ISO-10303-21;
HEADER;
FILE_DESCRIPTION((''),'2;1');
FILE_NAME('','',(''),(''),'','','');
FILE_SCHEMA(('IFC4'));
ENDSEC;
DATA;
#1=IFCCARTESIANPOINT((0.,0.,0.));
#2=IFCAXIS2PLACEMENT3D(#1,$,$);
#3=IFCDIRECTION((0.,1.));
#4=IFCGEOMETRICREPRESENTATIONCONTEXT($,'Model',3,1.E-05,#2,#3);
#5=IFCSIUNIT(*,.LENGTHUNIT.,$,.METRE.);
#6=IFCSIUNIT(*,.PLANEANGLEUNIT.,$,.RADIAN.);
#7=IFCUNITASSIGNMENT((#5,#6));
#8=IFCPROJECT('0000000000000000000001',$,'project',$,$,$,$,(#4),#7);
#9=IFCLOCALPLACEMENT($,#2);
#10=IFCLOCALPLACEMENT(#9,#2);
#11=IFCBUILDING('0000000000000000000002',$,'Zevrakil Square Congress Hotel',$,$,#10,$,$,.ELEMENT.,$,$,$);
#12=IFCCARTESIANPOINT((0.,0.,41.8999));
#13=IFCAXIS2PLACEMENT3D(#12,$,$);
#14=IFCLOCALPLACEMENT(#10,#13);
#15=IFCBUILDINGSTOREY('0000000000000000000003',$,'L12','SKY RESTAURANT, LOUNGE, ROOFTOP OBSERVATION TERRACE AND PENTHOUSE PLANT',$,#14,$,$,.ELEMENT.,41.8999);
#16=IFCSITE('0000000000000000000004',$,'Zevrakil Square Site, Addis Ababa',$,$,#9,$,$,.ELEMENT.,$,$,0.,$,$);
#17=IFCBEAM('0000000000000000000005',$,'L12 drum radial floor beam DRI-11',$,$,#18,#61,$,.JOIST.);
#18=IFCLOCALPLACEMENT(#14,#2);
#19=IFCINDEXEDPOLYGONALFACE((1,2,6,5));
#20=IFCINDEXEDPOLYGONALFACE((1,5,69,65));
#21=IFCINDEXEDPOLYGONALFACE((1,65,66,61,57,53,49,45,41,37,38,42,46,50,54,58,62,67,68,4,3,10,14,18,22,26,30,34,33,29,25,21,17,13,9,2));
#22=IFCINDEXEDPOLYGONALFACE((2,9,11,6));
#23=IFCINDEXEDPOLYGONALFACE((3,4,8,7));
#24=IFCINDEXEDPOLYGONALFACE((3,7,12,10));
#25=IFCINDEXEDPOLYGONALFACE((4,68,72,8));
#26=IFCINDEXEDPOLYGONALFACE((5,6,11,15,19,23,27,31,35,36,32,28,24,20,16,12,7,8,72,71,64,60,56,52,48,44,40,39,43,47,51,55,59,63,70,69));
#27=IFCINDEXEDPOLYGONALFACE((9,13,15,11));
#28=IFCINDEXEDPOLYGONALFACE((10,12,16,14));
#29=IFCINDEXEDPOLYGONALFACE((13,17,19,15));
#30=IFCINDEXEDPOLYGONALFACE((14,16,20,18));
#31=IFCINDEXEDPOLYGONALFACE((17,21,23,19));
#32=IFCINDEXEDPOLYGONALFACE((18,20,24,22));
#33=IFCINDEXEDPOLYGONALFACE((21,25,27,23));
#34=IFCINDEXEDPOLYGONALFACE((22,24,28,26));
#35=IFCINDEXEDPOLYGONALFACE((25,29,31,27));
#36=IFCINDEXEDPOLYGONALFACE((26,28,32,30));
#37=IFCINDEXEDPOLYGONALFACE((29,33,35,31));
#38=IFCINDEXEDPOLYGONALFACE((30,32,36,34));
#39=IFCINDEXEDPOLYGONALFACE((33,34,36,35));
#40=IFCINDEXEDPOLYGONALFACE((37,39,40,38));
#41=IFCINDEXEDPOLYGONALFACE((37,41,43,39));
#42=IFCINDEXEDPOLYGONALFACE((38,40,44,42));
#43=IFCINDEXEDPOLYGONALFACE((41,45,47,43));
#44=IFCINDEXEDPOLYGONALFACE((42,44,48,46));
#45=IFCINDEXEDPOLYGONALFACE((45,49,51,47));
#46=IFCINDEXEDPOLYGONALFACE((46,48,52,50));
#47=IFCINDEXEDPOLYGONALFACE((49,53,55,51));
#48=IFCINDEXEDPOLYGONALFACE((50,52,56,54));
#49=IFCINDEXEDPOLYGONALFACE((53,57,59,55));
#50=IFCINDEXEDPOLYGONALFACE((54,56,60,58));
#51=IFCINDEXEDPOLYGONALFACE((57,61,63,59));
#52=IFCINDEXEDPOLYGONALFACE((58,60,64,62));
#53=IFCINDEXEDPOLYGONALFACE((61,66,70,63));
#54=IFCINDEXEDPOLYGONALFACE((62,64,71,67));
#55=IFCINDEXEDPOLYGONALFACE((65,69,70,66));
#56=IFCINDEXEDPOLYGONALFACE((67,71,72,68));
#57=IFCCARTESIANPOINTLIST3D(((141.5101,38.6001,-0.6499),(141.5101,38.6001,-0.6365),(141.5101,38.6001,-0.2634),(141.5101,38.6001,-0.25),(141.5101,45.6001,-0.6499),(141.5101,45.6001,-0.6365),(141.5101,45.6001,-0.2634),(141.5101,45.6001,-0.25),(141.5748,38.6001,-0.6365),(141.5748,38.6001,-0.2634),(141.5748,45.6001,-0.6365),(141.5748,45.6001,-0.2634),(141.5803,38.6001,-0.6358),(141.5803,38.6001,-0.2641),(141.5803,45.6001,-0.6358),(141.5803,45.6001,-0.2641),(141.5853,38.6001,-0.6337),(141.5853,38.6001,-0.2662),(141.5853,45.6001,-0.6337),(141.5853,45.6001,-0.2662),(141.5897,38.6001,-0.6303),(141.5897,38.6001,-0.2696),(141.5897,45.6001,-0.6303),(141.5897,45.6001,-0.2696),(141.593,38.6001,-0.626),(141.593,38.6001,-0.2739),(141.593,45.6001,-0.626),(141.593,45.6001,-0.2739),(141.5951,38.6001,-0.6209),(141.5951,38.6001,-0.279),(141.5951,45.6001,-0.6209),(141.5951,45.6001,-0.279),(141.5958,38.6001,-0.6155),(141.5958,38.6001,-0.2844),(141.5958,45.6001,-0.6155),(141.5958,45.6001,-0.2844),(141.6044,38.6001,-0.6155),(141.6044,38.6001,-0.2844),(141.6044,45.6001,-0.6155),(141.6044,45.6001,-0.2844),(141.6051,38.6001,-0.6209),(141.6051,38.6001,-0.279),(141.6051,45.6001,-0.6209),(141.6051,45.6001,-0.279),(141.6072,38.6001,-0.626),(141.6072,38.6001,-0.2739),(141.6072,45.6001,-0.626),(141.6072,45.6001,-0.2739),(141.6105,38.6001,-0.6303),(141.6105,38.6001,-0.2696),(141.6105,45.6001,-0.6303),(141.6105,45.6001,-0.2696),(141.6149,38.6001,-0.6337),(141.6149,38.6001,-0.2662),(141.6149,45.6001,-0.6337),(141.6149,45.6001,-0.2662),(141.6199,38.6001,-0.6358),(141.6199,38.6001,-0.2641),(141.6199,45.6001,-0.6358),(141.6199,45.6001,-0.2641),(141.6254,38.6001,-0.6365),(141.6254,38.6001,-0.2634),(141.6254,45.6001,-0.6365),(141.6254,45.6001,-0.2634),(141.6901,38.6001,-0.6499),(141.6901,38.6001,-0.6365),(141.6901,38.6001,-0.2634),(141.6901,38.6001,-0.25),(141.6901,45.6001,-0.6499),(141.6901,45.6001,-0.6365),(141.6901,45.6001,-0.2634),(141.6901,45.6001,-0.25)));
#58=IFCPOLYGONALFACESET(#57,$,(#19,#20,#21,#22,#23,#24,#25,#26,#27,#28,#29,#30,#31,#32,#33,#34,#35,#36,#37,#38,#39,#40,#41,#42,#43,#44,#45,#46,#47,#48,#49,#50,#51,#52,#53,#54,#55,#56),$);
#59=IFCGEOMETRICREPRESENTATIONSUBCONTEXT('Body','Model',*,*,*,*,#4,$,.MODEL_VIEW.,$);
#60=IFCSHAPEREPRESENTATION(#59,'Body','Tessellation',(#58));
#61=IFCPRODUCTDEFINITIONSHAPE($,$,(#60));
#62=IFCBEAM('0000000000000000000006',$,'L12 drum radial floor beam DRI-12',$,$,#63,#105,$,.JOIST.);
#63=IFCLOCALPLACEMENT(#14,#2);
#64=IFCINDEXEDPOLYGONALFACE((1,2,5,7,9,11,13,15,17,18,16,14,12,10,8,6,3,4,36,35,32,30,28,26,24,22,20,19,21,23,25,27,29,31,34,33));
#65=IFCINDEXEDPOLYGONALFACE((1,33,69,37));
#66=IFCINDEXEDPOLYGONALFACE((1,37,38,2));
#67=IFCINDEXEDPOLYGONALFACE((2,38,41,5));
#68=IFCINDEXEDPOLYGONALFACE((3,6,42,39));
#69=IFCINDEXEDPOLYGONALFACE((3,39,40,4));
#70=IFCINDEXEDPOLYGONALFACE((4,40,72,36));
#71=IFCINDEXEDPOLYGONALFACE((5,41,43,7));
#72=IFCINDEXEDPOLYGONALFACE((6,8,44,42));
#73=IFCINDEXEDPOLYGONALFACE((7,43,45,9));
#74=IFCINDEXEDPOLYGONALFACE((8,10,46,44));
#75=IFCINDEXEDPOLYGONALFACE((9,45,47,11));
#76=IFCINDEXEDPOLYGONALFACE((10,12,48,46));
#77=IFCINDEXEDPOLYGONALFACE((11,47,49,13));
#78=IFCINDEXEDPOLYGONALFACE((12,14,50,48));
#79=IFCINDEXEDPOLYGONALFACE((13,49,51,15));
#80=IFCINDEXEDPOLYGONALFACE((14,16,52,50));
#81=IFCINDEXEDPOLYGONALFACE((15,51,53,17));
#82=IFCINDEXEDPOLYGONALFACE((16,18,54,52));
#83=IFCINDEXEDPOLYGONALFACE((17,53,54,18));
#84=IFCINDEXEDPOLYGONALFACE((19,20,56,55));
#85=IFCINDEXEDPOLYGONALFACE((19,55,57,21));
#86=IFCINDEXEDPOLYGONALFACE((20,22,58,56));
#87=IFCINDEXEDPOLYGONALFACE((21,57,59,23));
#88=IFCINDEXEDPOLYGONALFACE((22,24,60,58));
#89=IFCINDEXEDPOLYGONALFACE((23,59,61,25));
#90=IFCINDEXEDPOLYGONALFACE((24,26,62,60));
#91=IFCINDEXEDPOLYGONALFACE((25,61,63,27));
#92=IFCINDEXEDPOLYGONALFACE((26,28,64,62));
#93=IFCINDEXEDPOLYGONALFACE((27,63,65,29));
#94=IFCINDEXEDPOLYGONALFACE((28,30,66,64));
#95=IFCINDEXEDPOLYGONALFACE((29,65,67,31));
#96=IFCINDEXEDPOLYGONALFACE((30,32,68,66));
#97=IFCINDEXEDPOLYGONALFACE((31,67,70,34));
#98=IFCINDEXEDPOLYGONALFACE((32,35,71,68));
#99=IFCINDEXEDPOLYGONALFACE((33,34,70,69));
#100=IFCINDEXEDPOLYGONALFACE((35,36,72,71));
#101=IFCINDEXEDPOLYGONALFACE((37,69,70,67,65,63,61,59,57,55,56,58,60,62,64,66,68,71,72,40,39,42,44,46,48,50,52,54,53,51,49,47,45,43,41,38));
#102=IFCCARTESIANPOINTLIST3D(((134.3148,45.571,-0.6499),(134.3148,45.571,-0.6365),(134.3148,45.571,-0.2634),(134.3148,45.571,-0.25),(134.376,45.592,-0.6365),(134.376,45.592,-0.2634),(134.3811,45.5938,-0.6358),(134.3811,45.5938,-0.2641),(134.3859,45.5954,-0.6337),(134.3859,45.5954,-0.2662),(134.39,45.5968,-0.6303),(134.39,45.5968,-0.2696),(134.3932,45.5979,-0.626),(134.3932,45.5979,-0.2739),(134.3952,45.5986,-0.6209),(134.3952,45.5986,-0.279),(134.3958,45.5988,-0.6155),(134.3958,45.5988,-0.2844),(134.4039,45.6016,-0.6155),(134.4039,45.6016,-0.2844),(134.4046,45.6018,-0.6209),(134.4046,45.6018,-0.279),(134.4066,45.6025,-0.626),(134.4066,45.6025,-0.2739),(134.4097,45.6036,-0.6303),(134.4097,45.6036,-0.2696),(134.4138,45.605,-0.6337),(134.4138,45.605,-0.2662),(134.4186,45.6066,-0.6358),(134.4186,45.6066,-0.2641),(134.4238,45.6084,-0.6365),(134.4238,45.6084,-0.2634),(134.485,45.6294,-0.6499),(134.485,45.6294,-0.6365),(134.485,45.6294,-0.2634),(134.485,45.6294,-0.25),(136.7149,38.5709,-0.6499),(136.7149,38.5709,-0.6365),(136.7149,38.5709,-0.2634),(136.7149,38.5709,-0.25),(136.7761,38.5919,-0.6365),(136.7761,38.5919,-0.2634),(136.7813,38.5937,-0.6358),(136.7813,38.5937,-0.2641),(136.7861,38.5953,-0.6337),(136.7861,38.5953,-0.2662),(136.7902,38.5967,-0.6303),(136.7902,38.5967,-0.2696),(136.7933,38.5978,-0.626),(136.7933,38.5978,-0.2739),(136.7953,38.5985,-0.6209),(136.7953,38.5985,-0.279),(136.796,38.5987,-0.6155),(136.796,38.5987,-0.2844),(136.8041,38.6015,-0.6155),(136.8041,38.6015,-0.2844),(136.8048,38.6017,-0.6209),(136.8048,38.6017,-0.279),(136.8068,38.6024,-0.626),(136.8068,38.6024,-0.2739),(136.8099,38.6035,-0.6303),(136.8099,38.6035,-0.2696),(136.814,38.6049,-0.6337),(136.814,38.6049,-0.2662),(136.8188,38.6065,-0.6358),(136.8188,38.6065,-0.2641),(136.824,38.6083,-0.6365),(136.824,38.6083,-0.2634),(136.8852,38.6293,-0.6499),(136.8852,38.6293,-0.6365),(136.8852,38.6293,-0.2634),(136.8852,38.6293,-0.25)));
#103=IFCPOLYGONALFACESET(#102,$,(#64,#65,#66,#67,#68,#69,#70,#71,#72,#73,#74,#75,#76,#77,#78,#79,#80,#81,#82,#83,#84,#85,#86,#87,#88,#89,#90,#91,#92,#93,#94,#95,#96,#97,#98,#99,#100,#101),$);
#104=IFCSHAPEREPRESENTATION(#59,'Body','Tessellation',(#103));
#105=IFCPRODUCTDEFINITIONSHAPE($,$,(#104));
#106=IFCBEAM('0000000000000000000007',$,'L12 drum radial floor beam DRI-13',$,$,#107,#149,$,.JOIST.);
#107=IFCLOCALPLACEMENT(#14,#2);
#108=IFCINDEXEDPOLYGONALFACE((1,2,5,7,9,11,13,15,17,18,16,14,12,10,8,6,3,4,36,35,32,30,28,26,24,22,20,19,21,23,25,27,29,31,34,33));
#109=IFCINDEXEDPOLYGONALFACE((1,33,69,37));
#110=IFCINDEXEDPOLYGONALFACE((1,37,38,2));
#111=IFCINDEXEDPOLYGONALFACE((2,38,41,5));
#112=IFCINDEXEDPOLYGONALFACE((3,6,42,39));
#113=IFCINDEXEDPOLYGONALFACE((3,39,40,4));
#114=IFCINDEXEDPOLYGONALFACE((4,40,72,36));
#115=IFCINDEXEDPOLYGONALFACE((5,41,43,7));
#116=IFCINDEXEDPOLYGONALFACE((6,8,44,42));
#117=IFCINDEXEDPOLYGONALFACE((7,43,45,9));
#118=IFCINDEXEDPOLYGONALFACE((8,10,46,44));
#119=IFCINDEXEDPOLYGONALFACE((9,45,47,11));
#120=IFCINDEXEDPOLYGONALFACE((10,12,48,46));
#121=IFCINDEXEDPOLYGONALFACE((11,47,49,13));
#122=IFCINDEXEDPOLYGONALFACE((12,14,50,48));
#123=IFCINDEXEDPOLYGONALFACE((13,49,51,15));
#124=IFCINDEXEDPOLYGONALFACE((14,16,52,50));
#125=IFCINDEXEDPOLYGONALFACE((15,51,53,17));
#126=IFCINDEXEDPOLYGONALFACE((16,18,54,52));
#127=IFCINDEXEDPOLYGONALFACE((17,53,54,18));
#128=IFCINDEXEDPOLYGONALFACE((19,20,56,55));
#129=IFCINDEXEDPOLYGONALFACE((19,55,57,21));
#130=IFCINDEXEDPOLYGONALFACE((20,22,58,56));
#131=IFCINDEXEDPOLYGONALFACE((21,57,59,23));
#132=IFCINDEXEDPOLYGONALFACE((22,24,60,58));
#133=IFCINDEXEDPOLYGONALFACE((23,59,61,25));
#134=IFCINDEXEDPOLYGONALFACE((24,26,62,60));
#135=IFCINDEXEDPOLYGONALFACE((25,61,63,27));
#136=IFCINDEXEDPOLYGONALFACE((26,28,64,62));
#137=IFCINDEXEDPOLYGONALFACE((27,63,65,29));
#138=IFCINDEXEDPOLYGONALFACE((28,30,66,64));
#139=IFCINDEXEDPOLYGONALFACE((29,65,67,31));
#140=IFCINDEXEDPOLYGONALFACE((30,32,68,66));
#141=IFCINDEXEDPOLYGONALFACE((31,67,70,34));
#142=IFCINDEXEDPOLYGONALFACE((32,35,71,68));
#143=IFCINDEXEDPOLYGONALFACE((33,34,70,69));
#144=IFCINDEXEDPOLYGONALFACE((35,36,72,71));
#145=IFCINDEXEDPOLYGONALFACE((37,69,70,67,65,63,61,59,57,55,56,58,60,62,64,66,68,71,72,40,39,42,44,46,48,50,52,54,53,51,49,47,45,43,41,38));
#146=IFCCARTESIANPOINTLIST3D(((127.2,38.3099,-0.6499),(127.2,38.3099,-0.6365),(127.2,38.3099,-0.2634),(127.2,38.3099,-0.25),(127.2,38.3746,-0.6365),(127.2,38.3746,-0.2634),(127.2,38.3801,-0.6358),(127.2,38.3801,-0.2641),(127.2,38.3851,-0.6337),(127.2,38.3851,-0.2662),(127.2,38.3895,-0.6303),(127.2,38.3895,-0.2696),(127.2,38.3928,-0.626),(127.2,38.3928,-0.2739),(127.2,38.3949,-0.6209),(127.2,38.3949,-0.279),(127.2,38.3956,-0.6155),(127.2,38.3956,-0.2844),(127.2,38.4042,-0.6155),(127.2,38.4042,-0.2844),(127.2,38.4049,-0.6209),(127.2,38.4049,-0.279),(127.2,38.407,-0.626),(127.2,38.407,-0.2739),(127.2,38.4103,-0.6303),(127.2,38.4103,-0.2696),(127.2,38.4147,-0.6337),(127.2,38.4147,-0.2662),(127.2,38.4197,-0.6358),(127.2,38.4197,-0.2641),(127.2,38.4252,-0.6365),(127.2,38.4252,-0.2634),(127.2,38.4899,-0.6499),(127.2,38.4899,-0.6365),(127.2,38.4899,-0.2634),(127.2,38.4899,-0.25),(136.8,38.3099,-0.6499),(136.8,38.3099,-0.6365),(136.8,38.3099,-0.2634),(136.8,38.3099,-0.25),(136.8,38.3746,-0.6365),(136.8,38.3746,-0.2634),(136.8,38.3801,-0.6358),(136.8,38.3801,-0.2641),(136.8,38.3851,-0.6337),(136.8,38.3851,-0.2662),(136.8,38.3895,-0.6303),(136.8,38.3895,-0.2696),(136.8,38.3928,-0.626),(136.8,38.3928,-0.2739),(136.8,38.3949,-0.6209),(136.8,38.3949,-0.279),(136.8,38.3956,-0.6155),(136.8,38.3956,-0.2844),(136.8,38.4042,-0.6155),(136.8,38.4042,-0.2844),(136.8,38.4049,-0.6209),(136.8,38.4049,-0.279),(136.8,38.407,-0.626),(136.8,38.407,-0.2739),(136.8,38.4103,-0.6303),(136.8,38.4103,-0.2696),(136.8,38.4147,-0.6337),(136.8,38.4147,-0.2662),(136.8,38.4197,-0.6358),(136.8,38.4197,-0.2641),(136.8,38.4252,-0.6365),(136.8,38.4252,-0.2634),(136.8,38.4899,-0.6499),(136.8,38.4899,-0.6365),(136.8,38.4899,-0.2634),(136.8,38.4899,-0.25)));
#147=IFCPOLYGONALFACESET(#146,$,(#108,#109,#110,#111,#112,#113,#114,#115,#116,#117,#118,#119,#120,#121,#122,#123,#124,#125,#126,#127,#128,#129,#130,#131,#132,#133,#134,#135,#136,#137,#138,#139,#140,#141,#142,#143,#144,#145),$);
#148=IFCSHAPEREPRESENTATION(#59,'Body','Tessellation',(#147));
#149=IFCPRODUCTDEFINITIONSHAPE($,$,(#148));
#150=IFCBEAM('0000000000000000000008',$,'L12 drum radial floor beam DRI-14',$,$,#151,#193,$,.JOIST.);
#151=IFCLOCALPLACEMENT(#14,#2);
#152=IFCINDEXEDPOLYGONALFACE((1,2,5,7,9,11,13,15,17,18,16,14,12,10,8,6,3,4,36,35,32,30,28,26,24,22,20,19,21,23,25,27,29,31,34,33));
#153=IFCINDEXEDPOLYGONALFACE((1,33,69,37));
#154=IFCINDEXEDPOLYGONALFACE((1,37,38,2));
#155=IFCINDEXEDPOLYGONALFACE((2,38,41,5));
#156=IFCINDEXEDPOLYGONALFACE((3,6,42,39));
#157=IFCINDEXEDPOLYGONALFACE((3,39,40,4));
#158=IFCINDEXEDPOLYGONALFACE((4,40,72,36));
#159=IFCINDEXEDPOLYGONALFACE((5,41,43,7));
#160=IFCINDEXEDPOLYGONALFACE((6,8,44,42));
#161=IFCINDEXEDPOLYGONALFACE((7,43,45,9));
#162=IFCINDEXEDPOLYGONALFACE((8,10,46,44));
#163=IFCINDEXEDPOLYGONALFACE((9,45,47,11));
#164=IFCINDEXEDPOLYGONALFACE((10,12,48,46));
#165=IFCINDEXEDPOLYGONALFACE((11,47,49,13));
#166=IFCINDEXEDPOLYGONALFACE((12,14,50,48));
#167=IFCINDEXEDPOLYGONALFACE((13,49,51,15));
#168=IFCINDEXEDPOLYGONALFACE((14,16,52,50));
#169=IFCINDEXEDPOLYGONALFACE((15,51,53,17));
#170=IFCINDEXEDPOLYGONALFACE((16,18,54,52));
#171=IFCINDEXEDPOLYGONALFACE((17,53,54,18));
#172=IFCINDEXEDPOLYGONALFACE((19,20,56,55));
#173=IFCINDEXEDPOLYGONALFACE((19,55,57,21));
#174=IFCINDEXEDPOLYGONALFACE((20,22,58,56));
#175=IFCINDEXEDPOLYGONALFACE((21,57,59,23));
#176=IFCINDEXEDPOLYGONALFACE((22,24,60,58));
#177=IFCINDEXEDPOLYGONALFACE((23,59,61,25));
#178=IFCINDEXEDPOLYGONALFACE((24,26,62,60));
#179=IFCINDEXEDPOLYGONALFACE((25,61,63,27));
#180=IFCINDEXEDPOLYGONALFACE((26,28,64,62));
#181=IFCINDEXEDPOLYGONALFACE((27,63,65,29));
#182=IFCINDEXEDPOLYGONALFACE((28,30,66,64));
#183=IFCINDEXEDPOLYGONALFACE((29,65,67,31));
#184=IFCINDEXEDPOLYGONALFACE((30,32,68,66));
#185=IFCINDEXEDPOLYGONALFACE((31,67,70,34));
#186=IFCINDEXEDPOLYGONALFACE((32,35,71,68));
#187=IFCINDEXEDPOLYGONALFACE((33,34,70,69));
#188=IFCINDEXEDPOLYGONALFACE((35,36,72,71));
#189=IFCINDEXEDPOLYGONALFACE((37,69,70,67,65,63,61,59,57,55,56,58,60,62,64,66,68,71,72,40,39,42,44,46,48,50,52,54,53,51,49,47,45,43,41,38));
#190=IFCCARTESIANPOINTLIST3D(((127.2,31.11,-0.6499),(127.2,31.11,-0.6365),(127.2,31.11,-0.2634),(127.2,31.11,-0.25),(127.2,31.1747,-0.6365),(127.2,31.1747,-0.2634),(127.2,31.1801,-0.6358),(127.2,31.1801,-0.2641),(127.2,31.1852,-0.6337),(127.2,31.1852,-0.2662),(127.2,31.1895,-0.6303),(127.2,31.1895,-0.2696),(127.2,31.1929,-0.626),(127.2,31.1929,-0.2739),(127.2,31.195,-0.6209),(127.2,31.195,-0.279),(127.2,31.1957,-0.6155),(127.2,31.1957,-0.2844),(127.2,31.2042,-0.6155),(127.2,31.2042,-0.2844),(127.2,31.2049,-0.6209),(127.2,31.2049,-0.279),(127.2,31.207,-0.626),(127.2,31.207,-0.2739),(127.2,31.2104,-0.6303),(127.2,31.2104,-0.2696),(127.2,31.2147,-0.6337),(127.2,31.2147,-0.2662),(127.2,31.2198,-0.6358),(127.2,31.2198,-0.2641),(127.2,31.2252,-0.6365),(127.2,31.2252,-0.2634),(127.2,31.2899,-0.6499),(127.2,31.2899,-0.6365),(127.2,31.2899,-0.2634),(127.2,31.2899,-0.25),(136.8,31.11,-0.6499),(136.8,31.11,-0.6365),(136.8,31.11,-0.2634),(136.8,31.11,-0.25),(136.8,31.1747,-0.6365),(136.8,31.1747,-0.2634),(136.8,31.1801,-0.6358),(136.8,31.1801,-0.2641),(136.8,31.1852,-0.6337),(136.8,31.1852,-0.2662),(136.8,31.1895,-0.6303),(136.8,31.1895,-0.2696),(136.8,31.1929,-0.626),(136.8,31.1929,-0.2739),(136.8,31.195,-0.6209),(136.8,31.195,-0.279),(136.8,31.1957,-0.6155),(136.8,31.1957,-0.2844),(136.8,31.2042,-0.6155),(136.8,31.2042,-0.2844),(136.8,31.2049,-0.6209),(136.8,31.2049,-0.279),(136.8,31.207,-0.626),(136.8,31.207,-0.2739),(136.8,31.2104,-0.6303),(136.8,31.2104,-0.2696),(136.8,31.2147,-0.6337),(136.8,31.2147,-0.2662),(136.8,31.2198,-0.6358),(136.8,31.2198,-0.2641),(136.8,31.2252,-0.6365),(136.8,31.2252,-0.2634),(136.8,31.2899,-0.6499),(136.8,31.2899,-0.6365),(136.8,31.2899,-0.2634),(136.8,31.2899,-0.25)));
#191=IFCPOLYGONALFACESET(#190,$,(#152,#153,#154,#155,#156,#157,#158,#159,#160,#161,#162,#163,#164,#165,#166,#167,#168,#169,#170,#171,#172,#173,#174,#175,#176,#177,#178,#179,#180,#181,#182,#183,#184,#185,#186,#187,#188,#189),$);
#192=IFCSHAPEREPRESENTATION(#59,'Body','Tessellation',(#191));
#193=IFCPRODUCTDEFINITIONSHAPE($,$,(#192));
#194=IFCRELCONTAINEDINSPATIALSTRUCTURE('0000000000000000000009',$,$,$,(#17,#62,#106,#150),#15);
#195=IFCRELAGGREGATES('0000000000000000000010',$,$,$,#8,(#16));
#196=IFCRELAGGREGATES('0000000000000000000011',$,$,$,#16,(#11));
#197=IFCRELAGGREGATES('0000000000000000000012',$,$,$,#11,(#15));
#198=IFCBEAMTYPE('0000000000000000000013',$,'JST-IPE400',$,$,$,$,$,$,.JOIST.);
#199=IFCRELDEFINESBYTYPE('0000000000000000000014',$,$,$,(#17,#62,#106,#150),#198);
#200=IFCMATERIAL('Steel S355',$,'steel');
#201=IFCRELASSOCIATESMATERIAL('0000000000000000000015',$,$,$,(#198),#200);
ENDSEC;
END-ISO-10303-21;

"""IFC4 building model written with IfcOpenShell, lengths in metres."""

from ifc_helpers import new_model, si_unit, direction, frame, origin, origin_2d, place, context, subcontext, project, spatial, i_section, extrude, material, material_profile, profile_set, type_object, element, save


model = new_model("IFC4")

# Units and contexts
model_context = context("Model", 3, precision=1e-05, world=origin(), true_north=direction((0.0, 1.0)))
body_context = subcontext(model_context, "Body", "Model", "MODEL_VIEW")
ifc_project = project(units=[si_unit("LENGTHUNIT", "METRE"), si_unit("PLANEANGLEUNIT", "RADIAN")], contexts=[model_context])

# Site, building, storey
site_placement = place(None, origin())
site = spatial("IfcSite", under=ifc_project, at=site_placement, Name="Zevrakil Square Site, Addis Ababa", CompositionType="ELEMENT", RefElevation=0.0)
building_placement = place(site_placement, origin())
building = spatial("IfcBuilding", under=site, at=building_placement, Name="Zevrakil Square Congress Hotel", CompositionType="ELEMENT")
storey_placement = place(building_placement, frame((0.0, 0.0, 41.8999)))
storey = spatial("IfcBuildingStorey", under=building, at=storey_placement, Name="L12", Description="SKY RESTAURANT, LOUNGE, ROOFTOP OBSERVATION TERRACE AND PENTHOUSE PLANT", CompositionType="ELEMENT", Elevation=41.8999)

# Beams
ifc_material_1 = material(Name="Steel S355", Category="steel")
ifc_material_profile_1 = material_profile(ifc_material_1, i_section(OverallWidth=0.1799, OverallDepth=0.3999, WebThickness=0.0085, FlangeThickness=0.0134, FilletRadius=0.021, at=origin_2d()), Name="IPE 400")
ifc_profile_set_1 = profile_set([ifc_material_profile_1], Name="Steel S355")
beam_type_1 = type_object("IfcBeamType", Name="JST-IPE400", PredefinedType="JOIST", material=ifc_profile_set_1)
beam_1_placement = place(storey_placement, frame((141.6001, 38.6001, -0.45), z_axis=(0.0, 1.0, 0.0), x_axis=(-1.0, 0.0, 0.0)))
element("IfcBeam", 1, at=beam_1_placement, inside=storey, type_object=beam_type_1, Name="L12 drum radial floor beam DRI-11", PredefinedType="JOIST", context=body_context, shape_type="SweptSolid", body=[
    extrude(i_section(OverallWidth=0.1799, OverallDepth=0.3999, WebThickness=0.0085, FlangeThickness=0.0134, FilletRadius=0.021, at=origin_2d()), origin(), (0.0, 0.0, 1.0), 7.0),
])
beam_2_placement = place(storey_placement, frame((136.8, 38.6001, -0.45), z_axis=(-0.324342, 0.94594, 0.0), x_axis=(-0.94594, -0.324342, 0.0)))
element("IfcBeam", 2, at=beam_2_placement, inside=storey, type_object=beam_type_1, Name="L12 drum radial floor beam DRI-12", PredefinedType="JOIST", context=body_context, shape_type="SweptSolid", body=[
    extrude(i_section(OverallWidth=0.1799, OverallDepth=0.3999, WebThickness=0.0085, FlangeThickness=0.0134, FilletRadius=0.021, at=origin_2d()), origin(), (0.0, 0.0, 1.0), 7.4001),
])
for number, where, z_axis, x_axis, name in (
    (3, (136.8, 38.3999, -0.45), (-1.0, 0.0, 0.0), (0.0, -1.0, 0.0), "L12 drum radial floor beam DRI-13"),
    (4, (136.8, 31.2, -0.45), (-1.0, 0.0, 0.0), (0.0, -1.0, 0.0), "L12 drum radial floor beam DRI-14"),
):
    element("IfcBeam", number, at=place(storey_placement, frame(where, z_axis=z_axis, x_axis=x_axis)), inside=storey, type_object=beam_type_1, Name=name, PredefinedType="JOIST", context=body_context, shape_type="SweptSolid", body=[
        extrude(i_section(OverallWidth=0.1799, OverallDepth=0.3999, WebThickness=0.0085, FlangeThickness=0.0134, FilletRadius=0.021, at=origin_2d()), origin(), (0.0, 0.0, 1.0), 9.6001),
    ])

save(model, "model.ifc")
